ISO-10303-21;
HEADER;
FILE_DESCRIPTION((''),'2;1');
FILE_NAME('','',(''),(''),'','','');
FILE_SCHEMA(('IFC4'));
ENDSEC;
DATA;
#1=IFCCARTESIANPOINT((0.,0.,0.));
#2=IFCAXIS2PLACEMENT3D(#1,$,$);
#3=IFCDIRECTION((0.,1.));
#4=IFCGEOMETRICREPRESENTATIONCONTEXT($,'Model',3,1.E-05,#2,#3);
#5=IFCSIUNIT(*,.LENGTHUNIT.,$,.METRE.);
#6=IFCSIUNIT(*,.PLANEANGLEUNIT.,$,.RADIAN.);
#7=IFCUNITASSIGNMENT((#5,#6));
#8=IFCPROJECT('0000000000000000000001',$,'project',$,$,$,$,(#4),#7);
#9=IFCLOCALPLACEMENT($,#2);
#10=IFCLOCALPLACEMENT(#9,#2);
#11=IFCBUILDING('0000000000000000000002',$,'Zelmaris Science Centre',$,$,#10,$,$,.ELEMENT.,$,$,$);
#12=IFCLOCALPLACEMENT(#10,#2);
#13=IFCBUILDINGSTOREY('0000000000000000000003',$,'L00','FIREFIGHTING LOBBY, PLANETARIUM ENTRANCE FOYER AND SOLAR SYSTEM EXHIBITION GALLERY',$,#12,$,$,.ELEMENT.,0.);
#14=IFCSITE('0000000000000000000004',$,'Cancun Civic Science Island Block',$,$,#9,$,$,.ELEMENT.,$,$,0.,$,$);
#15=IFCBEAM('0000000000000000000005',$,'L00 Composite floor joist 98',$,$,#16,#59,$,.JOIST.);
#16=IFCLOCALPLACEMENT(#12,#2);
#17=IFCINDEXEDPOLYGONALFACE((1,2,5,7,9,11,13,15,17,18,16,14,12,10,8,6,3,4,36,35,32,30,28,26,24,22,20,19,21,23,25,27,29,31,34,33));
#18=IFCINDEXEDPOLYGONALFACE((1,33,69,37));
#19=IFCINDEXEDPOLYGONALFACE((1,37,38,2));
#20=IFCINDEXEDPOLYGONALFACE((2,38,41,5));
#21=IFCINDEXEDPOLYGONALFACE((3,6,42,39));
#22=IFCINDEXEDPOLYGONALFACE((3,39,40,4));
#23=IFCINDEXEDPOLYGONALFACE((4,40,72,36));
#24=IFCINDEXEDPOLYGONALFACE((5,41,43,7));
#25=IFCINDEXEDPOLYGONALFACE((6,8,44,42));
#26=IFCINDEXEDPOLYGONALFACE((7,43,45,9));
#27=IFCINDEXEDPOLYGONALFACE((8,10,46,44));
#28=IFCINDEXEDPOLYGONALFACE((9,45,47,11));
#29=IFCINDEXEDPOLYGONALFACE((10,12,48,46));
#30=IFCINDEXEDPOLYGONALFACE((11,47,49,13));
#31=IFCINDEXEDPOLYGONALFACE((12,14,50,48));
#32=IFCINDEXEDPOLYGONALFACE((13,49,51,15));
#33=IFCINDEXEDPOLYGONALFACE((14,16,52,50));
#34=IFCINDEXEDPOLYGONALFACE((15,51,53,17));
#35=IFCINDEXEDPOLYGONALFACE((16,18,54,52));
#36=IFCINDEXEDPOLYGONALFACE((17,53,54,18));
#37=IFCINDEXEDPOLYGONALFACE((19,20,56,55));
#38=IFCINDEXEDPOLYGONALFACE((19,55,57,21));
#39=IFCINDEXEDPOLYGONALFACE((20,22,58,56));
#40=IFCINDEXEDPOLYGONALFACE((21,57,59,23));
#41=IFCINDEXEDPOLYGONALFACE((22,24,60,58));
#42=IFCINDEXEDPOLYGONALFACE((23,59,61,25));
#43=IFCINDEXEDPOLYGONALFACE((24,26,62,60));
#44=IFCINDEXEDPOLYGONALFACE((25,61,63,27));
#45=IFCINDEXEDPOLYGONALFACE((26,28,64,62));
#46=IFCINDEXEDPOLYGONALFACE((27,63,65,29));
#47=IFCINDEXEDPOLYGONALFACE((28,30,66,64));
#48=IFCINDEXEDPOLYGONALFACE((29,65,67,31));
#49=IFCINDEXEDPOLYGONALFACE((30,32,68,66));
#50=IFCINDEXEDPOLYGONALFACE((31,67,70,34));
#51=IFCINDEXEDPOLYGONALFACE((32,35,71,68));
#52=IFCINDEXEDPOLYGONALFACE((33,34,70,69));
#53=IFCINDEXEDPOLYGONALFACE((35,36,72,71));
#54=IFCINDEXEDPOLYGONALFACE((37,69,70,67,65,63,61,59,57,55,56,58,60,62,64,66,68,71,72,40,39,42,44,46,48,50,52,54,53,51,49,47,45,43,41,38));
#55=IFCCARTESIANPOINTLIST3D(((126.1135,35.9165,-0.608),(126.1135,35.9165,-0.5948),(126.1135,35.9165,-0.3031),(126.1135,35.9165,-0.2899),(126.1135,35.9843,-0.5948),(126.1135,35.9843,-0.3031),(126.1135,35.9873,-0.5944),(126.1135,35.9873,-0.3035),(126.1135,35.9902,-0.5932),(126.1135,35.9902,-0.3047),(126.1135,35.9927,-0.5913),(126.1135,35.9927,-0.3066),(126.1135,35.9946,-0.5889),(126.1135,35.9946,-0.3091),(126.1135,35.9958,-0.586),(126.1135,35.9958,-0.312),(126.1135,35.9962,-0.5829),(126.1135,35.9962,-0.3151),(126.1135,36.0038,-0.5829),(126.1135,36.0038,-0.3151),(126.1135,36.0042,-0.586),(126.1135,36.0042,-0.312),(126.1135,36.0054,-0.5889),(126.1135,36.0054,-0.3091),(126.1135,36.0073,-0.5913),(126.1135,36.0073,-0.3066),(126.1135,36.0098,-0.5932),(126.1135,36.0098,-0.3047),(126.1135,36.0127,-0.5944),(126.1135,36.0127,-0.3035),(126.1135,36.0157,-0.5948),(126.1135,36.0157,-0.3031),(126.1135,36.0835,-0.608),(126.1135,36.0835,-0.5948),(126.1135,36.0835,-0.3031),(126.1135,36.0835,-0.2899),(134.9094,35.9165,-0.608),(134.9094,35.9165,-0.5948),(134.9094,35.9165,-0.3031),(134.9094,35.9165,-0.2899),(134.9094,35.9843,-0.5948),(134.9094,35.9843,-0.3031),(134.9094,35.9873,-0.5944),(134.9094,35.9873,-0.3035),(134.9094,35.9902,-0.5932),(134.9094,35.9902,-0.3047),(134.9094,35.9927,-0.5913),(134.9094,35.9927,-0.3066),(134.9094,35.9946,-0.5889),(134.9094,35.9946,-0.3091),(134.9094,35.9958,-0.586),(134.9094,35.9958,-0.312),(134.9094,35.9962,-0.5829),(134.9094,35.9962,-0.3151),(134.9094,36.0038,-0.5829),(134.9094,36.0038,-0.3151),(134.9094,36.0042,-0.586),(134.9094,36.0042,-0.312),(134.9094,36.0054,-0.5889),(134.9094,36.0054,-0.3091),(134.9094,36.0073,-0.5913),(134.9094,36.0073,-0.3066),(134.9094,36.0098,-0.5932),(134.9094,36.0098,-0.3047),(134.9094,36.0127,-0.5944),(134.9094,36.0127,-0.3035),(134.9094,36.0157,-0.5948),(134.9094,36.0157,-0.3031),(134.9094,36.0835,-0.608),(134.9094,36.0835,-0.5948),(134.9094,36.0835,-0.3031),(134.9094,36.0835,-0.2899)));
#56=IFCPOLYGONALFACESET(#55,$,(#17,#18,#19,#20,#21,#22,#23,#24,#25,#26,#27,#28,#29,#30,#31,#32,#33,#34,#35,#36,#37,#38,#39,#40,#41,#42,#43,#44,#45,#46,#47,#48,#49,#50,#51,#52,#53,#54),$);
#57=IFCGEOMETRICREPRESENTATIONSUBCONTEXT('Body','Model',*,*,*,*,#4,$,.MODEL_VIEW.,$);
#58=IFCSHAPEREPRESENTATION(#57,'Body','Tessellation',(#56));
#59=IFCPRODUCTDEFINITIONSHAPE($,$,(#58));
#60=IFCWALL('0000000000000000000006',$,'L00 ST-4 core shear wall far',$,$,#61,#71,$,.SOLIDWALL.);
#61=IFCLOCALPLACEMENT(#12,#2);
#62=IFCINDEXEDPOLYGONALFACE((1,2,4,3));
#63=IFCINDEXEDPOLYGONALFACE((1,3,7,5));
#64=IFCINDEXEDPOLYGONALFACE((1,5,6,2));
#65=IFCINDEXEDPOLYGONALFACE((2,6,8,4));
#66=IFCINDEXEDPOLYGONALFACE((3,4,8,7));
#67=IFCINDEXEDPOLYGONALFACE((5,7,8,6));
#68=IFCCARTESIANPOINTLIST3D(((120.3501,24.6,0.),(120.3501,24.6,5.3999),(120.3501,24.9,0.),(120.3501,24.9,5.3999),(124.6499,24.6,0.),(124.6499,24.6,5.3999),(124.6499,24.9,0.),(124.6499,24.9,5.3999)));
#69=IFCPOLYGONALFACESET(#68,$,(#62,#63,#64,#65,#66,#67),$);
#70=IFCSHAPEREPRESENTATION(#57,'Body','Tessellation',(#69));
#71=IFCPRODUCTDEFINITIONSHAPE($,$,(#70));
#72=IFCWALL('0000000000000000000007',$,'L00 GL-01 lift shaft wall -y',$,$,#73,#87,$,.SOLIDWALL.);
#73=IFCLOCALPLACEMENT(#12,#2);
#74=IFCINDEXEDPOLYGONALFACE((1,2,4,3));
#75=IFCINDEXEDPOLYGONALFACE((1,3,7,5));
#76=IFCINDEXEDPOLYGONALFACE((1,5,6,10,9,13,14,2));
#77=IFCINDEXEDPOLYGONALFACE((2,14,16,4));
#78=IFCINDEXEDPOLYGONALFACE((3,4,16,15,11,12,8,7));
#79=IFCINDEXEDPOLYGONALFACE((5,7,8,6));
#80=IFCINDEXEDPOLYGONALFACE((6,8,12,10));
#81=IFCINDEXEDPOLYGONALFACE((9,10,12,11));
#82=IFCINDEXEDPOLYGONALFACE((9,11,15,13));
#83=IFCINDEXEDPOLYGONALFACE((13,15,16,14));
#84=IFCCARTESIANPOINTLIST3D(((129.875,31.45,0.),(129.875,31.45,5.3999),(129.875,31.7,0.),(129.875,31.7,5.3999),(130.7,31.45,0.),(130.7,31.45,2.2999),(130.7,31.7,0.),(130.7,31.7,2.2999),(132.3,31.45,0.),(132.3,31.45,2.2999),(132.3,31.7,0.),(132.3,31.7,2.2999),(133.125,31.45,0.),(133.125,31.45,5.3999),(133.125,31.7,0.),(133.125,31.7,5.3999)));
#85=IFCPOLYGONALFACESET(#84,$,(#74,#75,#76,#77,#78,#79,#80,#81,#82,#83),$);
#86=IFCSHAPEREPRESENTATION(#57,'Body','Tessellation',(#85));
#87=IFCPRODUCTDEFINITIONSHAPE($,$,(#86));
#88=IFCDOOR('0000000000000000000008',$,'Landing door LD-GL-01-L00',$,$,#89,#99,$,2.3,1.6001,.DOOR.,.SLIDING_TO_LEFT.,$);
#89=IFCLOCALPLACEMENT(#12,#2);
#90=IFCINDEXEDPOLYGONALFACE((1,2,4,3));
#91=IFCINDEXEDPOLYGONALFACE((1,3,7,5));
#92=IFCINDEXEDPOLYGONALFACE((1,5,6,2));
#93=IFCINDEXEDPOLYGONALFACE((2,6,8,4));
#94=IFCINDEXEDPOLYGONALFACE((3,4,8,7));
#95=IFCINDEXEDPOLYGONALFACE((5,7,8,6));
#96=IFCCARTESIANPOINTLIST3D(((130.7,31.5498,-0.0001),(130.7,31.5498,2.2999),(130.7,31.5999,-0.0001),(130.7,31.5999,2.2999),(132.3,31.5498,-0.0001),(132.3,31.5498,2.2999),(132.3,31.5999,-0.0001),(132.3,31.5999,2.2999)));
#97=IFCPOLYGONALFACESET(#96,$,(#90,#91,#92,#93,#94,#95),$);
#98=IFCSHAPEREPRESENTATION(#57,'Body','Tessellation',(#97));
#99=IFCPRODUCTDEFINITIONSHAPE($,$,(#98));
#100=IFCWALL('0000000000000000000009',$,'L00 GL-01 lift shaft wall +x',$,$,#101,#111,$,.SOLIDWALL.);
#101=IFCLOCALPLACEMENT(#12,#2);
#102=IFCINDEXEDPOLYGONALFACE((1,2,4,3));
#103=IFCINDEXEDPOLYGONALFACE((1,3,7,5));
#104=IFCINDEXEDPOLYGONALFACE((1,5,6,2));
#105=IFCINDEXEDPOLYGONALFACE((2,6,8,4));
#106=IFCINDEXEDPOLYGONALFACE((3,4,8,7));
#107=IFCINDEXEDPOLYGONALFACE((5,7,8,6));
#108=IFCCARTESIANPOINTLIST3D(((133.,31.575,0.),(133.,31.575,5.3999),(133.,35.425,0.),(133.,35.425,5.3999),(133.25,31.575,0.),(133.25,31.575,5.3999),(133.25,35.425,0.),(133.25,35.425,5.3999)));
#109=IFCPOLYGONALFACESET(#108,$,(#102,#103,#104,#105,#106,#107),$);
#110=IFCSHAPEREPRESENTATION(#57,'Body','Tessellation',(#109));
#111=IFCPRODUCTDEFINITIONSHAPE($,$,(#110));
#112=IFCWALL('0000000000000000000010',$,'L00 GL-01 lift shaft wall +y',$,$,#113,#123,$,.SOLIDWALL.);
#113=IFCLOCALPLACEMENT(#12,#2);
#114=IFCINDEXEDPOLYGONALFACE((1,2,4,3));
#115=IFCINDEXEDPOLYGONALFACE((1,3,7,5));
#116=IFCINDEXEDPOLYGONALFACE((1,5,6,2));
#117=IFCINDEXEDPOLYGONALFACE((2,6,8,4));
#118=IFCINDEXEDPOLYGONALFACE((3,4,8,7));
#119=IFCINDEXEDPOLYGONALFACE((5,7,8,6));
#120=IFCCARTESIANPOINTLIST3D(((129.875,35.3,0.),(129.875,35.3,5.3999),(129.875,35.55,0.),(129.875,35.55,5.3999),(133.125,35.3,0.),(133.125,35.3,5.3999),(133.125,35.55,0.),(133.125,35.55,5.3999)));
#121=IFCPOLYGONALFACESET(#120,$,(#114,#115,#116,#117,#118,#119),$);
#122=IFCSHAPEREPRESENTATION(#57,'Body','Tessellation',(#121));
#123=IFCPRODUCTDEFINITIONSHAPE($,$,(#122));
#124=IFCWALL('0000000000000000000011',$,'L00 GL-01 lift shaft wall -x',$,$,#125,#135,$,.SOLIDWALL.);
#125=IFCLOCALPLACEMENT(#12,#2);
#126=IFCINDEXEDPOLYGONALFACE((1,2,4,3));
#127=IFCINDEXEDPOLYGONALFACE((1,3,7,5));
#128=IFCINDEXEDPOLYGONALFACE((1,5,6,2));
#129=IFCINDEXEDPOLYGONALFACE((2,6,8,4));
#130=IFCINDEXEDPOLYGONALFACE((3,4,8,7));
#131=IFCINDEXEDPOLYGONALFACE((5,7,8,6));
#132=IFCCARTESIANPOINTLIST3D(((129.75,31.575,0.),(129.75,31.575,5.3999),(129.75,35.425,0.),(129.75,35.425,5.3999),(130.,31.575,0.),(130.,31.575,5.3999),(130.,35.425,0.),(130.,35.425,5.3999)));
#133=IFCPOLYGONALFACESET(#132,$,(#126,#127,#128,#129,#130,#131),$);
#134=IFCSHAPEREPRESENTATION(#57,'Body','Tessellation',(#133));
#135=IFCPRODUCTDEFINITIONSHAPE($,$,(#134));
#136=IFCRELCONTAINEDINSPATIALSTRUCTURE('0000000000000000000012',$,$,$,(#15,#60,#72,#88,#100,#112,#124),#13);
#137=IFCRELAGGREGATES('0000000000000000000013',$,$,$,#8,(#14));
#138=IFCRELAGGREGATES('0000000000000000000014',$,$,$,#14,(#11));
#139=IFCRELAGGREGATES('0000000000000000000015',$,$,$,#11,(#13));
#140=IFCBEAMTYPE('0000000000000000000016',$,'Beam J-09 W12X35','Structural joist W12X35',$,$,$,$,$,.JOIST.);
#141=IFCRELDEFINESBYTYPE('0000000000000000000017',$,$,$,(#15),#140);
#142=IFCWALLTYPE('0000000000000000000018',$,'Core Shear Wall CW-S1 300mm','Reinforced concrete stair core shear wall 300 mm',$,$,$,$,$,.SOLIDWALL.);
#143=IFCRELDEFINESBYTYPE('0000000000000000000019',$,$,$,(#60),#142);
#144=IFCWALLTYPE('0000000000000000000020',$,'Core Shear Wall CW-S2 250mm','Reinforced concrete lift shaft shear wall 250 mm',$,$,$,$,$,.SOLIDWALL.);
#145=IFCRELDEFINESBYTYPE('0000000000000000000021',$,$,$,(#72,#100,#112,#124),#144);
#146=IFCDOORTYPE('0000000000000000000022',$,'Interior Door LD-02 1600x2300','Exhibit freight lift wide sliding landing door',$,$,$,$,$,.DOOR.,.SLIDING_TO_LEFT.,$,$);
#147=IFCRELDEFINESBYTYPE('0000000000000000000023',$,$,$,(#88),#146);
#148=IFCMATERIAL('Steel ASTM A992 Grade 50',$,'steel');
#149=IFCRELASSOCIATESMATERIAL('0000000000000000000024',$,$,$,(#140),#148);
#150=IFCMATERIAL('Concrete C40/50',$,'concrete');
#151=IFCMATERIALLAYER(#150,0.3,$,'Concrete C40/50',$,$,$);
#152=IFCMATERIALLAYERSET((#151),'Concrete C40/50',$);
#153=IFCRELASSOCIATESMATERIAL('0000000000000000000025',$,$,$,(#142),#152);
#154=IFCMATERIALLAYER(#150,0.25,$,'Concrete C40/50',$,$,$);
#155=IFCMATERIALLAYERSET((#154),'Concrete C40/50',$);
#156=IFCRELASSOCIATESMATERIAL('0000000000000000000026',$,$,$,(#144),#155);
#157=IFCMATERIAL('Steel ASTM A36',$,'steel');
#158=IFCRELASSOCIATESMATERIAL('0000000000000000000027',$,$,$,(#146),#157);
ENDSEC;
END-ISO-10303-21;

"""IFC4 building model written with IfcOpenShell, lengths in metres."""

from ifc_helpers import new_model, si_unit, direction, frame, frame_2d, origin, origin_2d, place, context, subcontext, project, spatial, rectangle, i_section, extrude, material, layer, layer_set, material_profile, profile_set, type_object, element, fill, save


model = new_model("IFC4")

# Units and contexts
model_context = context("Model", 3, precision=1e-05, world=origin(), true_north=direction((0.0, 1.0)))
body_context = subcontext(model_context, "Body", "Model", "MODEL_VIEW")
ifc_project = project(units=[si_unit("LENGTHUNIT", "METRE"), si_unit("PLANEANGLEUNIT", "RADIAN")], contexts=[model_context])

# Site, building, storey
site_placement = place(None, origin())
site = spatial("IfcSite", under=ifc_project, at=site_placement, Name="Cancun Civic Science Island Block", CompositionType="ELEMENT", RefElevation=0.0)
building_placement = place(site_placement, origin())
building = spatial("IfcBuilding", under=site, at=building_placement, Name="Zelmaris Science Centre", CompositionType="ELEMENT")
storey_placement = place(building_placement, origin())
storey = spatial("IfcBuildingStorey", under=building, at=storey_placement, Name="L00", Description="FIREFIGHTING LOBBY, PLANETARIUM ENTRANCE FOYER AND SOLAR SYSTEM EXHIBITION GALLERY", CompositionType="ELEMENT", Elevation=0.0)

# Shared definitions
ifc_material_1 = material(Name="Steel ASTM A992 Grade 50", Category="steel")

# Beam
ifc_material_profile_1 = material_profile(ifc_material_1, i_section(OverallWidth=0.167, OverallDepth=0.3181, WebThickness=0.0076, FlangeThickness=0.0132, FilletRadius=0.012, at=origin_2d()), Name="W12X35")
ifc_profile_set_1 = profile_set([ifc_material_profile_1], Name="Steel ASTM A992 Grade 50")
beam_type_1 = type_object("IfcBeamType", Name="Beam J-09 W12X35", Description="Structural joist W12X35", PredefinedType="JOIST", material=ifc_profile_set_1)
beam_1_placement = place(storey_placement, frame((126.1135, 36.0, -0.449), z_axis=(1.0, 0.0, 0.0), x_axis=(0.0, 1.0, 0.0)))
element("IfcBeam", 1, at=beam_1_placement, inside=storey, type_object=beam_type_1, Name="L00 Composite floor joist 98", PredefinedType="JOIST", context=body_context, shape_type="SweptSolid", body=[
    extrude(i_section(OverallWidth=0.167, OverallDepth=0.3181, WebThickness=0.0076, FlangeThickness=0.0132, FilletRadius=0.012, at=origin_2d()), origin(), (0.0, 0.0, 1.0), 8.7959),
])

# Wall
ifc_material_2 = material(Name="Concrete C40/50", Category="concrete")
ifc_layer_1 = layer(ifc_material_2, 0.3, Name="Concrete C40/50")
ifc_layer_set_1 = layer_set([ifc_layer_1], Name="Concrete C40/50")
wall_type_1 = type_object("IfcWallType", Name="Core Shear Wall CW-S1 300mm", Description="Reinforced concrete stair core shear wall 300 mm", PredefinedType="SOLIDWALL", material=ifc_layer_set_1)
wall_1_placement = place(storey_placement, frame((124.6499, 24.75, 0.0), z_axis=(0.0, 0.0, 1.0), x_axis=(-1.0, 0.0, 0.0)))
element("IfcWall", 2, at=wall_1_placement, inside=storey, type_object=wall_type_1, Name="L00 ST-4 core shear wall far", PredefinedType="SOLIDWALL", context=body_context, shape_type="SweptSolid", body=[
    extrude(rectangle(XDim=4.2998, YDim=0.3, at=frame_2d((2.1499, 0.0))), origin(), (0.0, 0.0, 1.0), 5.3999),
])

# Wall, opening, door
ifc_layer_2 = layer(ifc_material_2, 0.25, Name="Concrete C40/50")
ifc_layer_set_2 = layer_set([ifc_layer_2], Name="Concrete C40/50")
wall_type_2 = type_object("IfcWallType", Name="Core Shear Wall CW-S2 250mm", Description="Reinforced concrete lift shaft shear wall 250 mm", PredefinedType="SOLIDWALL", material=ifc_layer_set_2)
wall_2_placement = place(storey_placement, frame((129.875, 31.575, 0.0), z_axis=(0.0, 0.0, 1.0), x_axis=(1.0, 0.0, 0.0)))
wall_2 = element("IfcWall", 3, at=wall_2_placement, inside=storey, type_object=wall_type_2, Name="L00 GL-01 lift shaft wall -y", PredefinedType="SOLIDWALL", context=body_context, shape_type="SweptSolid", body=[
    extrude(rectangle(XDim=3.25, YDim=0.25, at=frame_2d((1.625, 0.0))), origin(), (0.0, 0.0, 1.0), 5.3999),
])
opening_placement = place(wall_2_placement, frame((0.825, 0.0, 0.0)))
opening = element("IfcOpeningElement", 4, at=opening_placement, cuts=wall_2, PredefinedType="OPENING", context=body_context, shape_type="SweptSolid", body=[
    extrude(rectangle(XDim=1.6001, YDim=2.3, at=frame_2d((0.8, 1.1499))), frame((0.0, 0.135, 0.0), z_axis=(0.0, -1.0, 0.0), x_axis=(1.0, 0.0, 0.0)), (0.0, 0.0, 1.0), 0.27),
])
ifc_material_3 = material(Name="Steel ASTM A36", Category="steel")
door_type = type_object("IfcDoorType", Name="Interior Door LD-02 1600x2300", Description="Exhibit freight lift wide sliding landing door", OperationType="SLIDING_TO_LEFT", PredefinedType="DOOR", material=ifc_material_3)
door_placement = place(opening_placement, origin())
door = element("IfcDoor", 5, at=door_placement, inside=storey, type_object=door_type, Name="Landing door LD-GL-01-L00", OperationType="SLIDING_TO_LEFT", OverallHeight=2.3, OverallWidth=1.6001, PredefinedType="DOOR", context=body_context, shape_type="SweptSolid", body=[
    extrude(rectangle(XDim=1.6001, YDim=2.3, at=frame_2d((0.8, 1.1499))), frame((0.0, 0.0249, 0.0), z_axis=(0.0, -1.0, 0.0), x_axis=(1.0, 0.0, 0.0)), (0.0, 0.0, 1.0), 0.05),
])
fill(opening, door)

# Walls
wall_3_placement = place(storey_placement, frame((133.125, 31.575, 0.0), z_axis=(0.0, 0.0, 1.0), x_axis=(0.0, 1.0, 0.0)))
element("IfcWall", 6, at=wall_3_placement, inside=storey, type_object=wall_type_2, Name="L00 GL-01 lift shaft wall +x", PredefinedType="SOLIDWALL", context=body_context, shape_type="SweptSolid", body=[
    extrude(rectangle(XDim=3.8501, YDim=0.25, at=frame_2d((1.925, 0.0))), origin(), (0.0, 0.0, 1.0), 5.3999),
])
wall_4_placement = place(storey_placement, frame((133.125, 35.425, 0.0), z_axis=(0.0, 0.0, 1.0), x_axis=(-1.0, 0.0, 0.0)))
element("IfcWall", 7, at=wall_4_placement, inside=storey, type_object=wall_type_2, Name="L00 GL-01 lift shaft wall +y", PredefinedType="SOLIDWALL", context=body_context, shape_type="SweptSolid", body=[
    extrude(rectangle(XDim=3.25, YDim=0.25, at=frame_2d((1.625, 0.0))), origin(), (0.0, 0.0, 1.0), 5.3999),
])
wall_5_placement = place(storey_placement, frame((129.875, 35.425, 0.0), z_axis=(0.0, 0.0, 1.0), x_axis=(0.0, -1.0, 0.0)))
element("IfcWall", 8, at=wall_5_placement, inside=storey, type_object=wall_type_2, Name="L00 GL-01 lift shaft wall -x", PredefinedType="SOLIDWALL", context=body_context, shape_type="SweptSolid", body=[
    extrude(rectangle(XDim=3.8501, YDim=0.25, at=frame_2d((1.925, 0.0))), origin(), (0.0, 0.0, 1.0), 5.3999),
])

save(model, "model.ifc")
